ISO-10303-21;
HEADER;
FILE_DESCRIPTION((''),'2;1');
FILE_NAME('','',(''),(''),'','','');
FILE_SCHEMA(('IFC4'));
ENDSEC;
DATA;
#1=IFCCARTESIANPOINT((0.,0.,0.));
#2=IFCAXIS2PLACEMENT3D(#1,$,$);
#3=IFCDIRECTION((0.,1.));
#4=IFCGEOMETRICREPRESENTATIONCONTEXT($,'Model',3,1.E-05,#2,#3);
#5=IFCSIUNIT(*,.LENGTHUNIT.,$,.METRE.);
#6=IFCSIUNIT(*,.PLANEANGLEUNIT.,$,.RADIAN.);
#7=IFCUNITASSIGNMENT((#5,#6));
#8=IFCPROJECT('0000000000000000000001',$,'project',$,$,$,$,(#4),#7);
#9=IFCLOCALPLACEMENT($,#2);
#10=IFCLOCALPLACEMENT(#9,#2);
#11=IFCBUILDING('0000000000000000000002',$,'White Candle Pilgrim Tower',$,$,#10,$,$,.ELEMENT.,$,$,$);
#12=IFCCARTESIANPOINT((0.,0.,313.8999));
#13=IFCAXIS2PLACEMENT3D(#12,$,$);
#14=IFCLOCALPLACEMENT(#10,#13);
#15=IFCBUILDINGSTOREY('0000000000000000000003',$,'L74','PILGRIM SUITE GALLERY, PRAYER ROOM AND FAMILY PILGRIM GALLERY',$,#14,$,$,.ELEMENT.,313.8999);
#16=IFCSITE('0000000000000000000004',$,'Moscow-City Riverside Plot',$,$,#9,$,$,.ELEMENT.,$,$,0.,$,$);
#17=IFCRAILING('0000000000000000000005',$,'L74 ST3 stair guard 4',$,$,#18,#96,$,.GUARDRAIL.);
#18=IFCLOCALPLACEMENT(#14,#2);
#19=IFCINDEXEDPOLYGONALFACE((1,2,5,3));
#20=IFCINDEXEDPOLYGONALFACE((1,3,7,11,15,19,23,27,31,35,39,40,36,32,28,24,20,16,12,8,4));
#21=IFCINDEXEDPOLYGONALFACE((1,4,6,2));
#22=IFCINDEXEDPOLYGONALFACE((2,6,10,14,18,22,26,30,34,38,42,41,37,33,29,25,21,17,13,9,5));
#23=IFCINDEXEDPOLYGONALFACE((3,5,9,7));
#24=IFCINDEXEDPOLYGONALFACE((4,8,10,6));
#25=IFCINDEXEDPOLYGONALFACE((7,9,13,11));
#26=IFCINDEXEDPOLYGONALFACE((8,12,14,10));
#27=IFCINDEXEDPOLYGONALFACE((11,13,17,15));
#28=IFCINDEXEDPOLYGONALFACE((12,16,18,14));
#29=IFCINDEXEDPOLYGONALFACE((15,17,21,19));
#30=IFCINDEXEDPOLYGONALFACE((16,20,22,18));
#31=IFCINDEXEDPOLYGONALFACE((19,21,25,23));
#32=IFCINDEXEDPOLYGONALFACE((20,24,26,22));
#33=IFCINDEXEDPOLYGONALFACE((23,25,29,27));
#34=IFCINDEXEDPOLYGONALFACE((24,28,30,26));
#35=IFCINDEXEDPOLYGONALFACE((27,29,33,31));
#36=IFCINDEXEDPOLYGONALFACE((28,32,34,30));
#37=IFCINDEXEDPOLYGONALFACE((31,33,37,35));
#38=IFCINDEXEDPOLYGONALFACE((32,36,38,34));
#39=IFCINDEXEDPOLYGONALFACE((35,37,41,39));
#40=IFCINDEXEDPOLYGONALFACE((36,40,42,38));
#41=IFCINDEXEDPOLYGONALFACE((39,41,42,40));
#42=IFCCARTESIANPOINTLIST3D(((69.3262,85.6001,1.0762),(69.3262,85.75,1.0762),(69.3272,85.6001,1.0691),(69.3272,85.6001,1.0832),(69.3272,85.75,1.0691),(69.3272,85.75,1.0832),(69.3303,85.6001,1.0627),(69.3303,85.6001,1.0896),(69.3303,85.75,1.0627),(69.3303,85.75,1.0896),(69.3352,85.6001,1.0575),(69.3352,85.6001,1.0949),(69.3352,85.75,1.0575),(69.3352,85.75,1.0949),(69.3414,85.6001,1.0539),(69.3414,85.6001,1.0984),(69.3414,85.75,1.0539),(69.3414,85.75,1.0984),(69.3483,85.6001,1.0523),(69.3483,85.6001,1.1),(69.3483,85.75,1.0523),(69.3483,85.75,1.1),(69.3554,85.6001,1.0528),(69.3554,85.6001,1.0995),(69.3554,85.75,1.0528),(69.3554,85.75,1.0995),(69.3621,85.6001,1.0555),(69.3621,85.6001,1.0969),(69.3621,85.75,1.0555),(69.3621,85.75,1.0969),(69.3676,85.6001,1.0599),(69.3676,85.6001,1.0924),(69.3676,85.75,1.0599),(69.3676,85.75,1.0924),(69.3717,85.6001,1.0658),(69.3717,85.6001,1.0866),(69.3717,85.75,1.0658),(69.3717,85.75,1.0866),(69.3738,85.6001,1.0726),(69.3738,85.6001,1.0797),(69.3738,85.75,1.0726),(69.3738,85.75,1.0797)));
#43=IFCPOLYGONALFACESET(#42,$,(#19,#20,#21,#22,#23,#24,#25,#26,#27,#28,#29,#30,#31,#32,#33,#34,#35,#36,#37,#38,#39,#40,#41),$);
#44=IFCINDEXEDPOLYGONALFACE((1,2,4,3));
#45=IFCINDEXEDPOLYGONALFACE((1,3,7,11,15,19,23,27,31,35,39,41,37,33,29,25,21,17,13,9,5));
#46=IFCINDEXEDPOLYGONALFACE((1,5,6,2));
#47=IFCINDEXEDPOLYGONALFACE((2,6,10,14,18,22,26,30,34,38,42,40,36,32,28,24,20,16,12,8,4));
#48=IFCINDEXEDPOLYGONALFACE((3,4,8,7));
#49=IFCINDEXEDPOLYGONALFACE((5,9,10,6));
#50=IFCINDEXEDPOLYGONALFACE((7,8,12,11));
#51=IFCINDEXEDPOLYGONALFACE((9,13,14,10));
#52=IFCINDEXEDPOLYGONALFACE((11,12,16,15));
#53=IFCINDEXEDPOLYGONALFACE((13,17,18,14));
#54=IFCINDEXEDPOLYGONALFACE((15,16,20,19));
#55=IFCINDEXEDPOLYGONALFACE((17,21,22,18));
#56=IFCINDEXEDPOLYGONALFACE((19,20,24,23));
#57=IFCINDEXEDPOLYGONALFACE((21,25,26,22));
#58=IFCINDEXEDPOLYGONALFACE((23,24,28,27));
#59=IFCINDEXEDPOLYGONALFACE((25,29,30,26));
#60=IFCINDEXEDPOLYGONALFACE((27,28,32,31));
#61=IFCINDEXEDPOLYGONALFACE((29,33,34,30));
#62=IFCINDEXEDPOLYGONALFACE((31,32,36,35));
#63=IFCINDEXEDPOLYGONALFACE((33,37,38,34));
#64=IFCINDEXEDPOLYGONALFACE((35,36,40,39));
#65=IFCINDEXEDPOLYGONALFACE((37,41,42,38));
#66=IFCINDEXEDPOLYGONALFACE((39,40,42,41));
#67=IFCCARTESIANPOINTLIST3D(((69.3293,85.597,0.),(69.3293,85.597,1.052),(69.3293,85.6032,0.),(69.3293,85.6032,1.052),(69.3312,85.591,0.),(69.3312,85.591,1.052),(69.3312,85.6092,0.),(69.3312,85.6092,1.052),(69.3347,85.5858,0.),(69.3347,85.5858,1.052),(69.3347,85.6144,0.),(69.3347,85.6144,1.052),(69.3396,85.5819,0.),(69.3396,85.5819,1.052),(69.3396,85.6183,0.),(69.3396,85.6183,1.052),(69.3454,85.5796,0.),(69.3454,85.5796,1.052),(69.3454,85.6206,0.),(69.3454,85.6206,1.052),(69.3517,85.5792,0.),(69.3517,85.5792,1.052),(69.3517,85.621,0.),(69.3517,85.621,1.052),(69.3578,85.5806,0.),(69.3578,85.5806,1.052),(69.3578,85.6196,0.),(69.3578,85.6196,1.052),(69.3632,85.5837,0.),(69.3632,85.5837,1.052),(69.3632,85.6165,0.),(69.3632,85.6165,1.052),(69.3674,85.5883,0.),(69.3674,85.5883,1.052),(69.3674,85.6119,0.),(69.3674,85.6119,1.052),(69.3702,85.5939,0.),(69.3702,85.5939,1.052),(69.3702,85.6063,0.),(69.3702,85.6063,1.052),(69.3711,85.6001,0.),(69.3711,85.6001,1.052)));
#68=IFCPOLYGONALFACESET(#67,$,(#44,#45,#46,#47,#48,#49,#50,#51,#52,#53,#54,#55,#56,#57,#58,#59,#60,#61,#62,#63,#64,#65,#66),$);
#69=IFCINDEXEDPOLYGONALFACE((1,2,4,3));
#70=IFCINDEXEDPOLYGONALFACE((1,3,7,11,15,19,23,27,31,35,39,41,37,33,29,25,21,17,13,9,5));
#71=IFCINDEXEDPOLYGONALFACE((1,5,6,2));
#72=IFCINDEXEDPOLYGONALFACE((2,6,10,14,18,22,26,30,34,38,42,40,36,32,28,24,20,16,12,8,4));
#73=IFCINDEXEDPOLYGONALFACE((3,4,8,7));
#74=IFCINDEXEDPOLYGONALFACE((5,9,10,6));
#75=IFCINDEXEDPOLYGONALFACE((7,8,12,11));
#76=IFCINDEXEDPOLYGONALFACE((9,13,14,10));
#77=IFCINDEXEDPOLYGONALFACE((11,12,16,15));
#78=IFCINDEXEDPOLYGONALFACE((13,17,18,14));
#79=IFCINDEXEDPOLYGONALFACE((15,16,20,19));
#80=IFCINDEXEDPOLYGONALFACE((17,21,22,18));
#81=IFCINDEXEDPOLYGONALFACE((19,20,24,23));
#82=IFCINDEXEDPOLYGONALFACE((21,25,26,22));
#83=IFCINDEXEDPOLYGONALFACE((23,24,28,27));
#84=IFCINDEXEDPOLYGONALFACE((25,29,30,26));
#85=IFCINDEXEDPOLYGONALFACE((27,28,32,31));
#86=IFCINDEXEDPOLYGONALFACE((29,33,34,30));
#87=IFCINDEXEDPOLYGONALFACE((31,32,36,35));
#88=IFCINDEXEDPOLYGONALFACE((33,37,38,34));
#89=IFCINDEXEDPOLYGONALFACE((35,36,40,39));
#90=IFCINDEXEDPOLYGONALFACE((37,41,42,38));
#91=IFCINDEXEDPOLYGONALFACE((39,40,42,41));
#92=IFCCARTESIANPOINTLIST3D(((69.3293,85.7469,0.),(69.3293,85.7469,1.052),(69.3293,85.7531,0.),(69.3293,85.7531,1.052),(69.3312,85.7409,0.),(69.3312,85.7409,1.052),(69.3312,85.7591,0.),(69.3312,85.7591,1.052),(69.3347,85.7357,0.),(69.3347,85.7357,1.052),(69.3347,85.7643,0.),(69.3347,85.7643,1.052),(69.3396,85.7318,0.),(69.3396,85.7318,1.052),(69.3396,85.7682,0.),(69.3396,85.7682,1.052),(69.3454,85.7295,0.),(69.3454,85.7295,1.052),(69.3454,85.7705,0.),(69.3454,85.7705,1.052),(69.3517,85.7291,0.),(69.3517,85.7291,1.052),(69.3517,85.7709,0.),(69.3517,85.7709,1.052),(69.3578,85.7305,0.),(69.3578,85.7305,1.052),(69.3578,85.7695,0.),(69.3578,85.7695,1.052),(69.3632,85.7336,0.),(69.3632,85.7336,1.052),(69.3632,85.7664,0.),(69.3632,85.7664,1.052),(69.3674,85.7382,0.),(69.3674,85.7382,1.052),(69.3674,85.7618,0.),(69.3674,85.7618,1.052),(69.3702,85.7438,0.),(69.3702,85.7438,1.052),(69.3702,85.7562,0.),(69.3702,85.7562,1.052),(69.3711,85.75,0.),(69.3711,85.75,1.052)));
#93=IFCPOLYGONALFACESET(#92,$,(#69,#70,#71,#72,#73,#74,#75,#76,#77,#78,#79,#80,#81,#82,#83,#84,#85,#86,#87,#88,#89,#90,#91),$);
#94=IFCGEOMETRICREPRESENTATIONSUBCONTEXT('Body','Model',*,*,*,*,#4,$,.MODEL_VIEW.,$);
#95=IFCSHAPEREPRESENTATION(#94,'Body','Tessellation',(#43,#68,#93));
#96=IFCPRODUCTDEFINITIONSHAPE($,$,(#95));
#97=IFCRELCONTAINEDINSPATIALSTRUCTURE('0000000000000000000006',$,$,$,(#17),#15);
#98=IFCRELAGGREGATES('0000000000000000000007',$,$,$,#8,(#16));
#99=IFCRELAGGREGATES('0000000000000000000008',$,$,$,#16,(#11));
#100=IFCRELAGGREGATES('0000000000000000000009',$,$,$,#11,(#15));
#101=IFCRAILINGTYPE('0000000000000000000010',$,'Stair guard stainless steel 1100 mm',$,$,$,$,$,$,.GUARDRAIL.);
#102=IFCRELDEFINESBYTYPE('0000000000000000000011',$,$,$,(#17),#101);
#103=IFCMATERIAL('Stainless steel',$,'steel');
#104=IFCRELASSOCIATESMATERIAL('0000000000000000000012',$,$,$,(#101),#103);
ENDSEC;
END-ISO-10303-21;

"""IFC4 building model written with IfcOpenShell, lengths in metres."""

from ifc_helpers import new_model, si_unit, direction, frame, origin, origin_2d, place, context, subcontext, project, spatial, circle, extrude, material, type_object, element, save


model = new_model("IFC4")

# Units and contexts
model_context = context("Model", 3, precision=1e-05, world=origin(), true_north=direction((0.0, 1.0)))
body_context = subcontext(model_context, "Body", "Model", "MODEL_VIEW")
ifc_project = project(units=[si_unit("LENGTHUNIT", "METRE"), si_unit("PLANEANGLEUNIT", "RADIAN")], contexts=[model_context])

# Site, building, storey
site_placement = place(None, origin())
site = spatial("IfcSite", under=ifc_project, at=site_placement, Name="Moscow-City Riverside Plot", CompositionType="ELEMENT", RefElevation=0.0)
building_placement = place(site_placement, origin())
building = spatial("IfcBuilding", under=site, at=building_placement, Name="White Candle Pilgrim Tower", CompositionType="ELEMENT")
storey_placement = place(building_placement, frame((0.0, 0.0, 313.8999)))
storey = spatial("IfcBuildingStorey", under=building, at=storey_placement, Name="L74", Description="PILGRIM SUITE GALLERY, PRAYER ROOM AND FAMILY PILGRIM GALLERY", CompositionType="ELEMENT", Elevation=313.8999)

# Railing
ifc_material_1 = material(Name="Stainless steel", Category="steel")
railing_type_1 = type_object("IfcRailingType", Name="Stair guard stainless steel 1100 mm", PredefinedType="GUARDRAIL", material=ifc_material_1)
railing_1_placement = place(storey_placement, frame((69.3501, 85.6001, 0.0)))
element("IfcRailing", 1, at=railing_1_placement, inside=storey, type_object=railing_type_1, Name="L74 ST3 stair guard 4", PredefinedType="GUARDRAIL", context=body_context, shape_type="SweptSolid", body=[
    extrude(circle(Radius=0.0239, at=origin_2d()), frame((0.0, 0.0, 1.0762), z_axis=(0.0, 1.0, 0.0), x_axis=(-1.0, 0.0, 0.0)), (0.0, 0.0, 1.0), 0.1499),
    extrude(circle(Radius=0.021, at=origin_2d()), origin(), (0.0, 0.0, 1.0), 1.052),
    extrude(circle(Radius=0.021, at=origin_2d()), frame((0.0, 0.1499, 0.0)), (0.0, 0.0, 1.0), 1.052),
])

save(model, "model.ifc")
